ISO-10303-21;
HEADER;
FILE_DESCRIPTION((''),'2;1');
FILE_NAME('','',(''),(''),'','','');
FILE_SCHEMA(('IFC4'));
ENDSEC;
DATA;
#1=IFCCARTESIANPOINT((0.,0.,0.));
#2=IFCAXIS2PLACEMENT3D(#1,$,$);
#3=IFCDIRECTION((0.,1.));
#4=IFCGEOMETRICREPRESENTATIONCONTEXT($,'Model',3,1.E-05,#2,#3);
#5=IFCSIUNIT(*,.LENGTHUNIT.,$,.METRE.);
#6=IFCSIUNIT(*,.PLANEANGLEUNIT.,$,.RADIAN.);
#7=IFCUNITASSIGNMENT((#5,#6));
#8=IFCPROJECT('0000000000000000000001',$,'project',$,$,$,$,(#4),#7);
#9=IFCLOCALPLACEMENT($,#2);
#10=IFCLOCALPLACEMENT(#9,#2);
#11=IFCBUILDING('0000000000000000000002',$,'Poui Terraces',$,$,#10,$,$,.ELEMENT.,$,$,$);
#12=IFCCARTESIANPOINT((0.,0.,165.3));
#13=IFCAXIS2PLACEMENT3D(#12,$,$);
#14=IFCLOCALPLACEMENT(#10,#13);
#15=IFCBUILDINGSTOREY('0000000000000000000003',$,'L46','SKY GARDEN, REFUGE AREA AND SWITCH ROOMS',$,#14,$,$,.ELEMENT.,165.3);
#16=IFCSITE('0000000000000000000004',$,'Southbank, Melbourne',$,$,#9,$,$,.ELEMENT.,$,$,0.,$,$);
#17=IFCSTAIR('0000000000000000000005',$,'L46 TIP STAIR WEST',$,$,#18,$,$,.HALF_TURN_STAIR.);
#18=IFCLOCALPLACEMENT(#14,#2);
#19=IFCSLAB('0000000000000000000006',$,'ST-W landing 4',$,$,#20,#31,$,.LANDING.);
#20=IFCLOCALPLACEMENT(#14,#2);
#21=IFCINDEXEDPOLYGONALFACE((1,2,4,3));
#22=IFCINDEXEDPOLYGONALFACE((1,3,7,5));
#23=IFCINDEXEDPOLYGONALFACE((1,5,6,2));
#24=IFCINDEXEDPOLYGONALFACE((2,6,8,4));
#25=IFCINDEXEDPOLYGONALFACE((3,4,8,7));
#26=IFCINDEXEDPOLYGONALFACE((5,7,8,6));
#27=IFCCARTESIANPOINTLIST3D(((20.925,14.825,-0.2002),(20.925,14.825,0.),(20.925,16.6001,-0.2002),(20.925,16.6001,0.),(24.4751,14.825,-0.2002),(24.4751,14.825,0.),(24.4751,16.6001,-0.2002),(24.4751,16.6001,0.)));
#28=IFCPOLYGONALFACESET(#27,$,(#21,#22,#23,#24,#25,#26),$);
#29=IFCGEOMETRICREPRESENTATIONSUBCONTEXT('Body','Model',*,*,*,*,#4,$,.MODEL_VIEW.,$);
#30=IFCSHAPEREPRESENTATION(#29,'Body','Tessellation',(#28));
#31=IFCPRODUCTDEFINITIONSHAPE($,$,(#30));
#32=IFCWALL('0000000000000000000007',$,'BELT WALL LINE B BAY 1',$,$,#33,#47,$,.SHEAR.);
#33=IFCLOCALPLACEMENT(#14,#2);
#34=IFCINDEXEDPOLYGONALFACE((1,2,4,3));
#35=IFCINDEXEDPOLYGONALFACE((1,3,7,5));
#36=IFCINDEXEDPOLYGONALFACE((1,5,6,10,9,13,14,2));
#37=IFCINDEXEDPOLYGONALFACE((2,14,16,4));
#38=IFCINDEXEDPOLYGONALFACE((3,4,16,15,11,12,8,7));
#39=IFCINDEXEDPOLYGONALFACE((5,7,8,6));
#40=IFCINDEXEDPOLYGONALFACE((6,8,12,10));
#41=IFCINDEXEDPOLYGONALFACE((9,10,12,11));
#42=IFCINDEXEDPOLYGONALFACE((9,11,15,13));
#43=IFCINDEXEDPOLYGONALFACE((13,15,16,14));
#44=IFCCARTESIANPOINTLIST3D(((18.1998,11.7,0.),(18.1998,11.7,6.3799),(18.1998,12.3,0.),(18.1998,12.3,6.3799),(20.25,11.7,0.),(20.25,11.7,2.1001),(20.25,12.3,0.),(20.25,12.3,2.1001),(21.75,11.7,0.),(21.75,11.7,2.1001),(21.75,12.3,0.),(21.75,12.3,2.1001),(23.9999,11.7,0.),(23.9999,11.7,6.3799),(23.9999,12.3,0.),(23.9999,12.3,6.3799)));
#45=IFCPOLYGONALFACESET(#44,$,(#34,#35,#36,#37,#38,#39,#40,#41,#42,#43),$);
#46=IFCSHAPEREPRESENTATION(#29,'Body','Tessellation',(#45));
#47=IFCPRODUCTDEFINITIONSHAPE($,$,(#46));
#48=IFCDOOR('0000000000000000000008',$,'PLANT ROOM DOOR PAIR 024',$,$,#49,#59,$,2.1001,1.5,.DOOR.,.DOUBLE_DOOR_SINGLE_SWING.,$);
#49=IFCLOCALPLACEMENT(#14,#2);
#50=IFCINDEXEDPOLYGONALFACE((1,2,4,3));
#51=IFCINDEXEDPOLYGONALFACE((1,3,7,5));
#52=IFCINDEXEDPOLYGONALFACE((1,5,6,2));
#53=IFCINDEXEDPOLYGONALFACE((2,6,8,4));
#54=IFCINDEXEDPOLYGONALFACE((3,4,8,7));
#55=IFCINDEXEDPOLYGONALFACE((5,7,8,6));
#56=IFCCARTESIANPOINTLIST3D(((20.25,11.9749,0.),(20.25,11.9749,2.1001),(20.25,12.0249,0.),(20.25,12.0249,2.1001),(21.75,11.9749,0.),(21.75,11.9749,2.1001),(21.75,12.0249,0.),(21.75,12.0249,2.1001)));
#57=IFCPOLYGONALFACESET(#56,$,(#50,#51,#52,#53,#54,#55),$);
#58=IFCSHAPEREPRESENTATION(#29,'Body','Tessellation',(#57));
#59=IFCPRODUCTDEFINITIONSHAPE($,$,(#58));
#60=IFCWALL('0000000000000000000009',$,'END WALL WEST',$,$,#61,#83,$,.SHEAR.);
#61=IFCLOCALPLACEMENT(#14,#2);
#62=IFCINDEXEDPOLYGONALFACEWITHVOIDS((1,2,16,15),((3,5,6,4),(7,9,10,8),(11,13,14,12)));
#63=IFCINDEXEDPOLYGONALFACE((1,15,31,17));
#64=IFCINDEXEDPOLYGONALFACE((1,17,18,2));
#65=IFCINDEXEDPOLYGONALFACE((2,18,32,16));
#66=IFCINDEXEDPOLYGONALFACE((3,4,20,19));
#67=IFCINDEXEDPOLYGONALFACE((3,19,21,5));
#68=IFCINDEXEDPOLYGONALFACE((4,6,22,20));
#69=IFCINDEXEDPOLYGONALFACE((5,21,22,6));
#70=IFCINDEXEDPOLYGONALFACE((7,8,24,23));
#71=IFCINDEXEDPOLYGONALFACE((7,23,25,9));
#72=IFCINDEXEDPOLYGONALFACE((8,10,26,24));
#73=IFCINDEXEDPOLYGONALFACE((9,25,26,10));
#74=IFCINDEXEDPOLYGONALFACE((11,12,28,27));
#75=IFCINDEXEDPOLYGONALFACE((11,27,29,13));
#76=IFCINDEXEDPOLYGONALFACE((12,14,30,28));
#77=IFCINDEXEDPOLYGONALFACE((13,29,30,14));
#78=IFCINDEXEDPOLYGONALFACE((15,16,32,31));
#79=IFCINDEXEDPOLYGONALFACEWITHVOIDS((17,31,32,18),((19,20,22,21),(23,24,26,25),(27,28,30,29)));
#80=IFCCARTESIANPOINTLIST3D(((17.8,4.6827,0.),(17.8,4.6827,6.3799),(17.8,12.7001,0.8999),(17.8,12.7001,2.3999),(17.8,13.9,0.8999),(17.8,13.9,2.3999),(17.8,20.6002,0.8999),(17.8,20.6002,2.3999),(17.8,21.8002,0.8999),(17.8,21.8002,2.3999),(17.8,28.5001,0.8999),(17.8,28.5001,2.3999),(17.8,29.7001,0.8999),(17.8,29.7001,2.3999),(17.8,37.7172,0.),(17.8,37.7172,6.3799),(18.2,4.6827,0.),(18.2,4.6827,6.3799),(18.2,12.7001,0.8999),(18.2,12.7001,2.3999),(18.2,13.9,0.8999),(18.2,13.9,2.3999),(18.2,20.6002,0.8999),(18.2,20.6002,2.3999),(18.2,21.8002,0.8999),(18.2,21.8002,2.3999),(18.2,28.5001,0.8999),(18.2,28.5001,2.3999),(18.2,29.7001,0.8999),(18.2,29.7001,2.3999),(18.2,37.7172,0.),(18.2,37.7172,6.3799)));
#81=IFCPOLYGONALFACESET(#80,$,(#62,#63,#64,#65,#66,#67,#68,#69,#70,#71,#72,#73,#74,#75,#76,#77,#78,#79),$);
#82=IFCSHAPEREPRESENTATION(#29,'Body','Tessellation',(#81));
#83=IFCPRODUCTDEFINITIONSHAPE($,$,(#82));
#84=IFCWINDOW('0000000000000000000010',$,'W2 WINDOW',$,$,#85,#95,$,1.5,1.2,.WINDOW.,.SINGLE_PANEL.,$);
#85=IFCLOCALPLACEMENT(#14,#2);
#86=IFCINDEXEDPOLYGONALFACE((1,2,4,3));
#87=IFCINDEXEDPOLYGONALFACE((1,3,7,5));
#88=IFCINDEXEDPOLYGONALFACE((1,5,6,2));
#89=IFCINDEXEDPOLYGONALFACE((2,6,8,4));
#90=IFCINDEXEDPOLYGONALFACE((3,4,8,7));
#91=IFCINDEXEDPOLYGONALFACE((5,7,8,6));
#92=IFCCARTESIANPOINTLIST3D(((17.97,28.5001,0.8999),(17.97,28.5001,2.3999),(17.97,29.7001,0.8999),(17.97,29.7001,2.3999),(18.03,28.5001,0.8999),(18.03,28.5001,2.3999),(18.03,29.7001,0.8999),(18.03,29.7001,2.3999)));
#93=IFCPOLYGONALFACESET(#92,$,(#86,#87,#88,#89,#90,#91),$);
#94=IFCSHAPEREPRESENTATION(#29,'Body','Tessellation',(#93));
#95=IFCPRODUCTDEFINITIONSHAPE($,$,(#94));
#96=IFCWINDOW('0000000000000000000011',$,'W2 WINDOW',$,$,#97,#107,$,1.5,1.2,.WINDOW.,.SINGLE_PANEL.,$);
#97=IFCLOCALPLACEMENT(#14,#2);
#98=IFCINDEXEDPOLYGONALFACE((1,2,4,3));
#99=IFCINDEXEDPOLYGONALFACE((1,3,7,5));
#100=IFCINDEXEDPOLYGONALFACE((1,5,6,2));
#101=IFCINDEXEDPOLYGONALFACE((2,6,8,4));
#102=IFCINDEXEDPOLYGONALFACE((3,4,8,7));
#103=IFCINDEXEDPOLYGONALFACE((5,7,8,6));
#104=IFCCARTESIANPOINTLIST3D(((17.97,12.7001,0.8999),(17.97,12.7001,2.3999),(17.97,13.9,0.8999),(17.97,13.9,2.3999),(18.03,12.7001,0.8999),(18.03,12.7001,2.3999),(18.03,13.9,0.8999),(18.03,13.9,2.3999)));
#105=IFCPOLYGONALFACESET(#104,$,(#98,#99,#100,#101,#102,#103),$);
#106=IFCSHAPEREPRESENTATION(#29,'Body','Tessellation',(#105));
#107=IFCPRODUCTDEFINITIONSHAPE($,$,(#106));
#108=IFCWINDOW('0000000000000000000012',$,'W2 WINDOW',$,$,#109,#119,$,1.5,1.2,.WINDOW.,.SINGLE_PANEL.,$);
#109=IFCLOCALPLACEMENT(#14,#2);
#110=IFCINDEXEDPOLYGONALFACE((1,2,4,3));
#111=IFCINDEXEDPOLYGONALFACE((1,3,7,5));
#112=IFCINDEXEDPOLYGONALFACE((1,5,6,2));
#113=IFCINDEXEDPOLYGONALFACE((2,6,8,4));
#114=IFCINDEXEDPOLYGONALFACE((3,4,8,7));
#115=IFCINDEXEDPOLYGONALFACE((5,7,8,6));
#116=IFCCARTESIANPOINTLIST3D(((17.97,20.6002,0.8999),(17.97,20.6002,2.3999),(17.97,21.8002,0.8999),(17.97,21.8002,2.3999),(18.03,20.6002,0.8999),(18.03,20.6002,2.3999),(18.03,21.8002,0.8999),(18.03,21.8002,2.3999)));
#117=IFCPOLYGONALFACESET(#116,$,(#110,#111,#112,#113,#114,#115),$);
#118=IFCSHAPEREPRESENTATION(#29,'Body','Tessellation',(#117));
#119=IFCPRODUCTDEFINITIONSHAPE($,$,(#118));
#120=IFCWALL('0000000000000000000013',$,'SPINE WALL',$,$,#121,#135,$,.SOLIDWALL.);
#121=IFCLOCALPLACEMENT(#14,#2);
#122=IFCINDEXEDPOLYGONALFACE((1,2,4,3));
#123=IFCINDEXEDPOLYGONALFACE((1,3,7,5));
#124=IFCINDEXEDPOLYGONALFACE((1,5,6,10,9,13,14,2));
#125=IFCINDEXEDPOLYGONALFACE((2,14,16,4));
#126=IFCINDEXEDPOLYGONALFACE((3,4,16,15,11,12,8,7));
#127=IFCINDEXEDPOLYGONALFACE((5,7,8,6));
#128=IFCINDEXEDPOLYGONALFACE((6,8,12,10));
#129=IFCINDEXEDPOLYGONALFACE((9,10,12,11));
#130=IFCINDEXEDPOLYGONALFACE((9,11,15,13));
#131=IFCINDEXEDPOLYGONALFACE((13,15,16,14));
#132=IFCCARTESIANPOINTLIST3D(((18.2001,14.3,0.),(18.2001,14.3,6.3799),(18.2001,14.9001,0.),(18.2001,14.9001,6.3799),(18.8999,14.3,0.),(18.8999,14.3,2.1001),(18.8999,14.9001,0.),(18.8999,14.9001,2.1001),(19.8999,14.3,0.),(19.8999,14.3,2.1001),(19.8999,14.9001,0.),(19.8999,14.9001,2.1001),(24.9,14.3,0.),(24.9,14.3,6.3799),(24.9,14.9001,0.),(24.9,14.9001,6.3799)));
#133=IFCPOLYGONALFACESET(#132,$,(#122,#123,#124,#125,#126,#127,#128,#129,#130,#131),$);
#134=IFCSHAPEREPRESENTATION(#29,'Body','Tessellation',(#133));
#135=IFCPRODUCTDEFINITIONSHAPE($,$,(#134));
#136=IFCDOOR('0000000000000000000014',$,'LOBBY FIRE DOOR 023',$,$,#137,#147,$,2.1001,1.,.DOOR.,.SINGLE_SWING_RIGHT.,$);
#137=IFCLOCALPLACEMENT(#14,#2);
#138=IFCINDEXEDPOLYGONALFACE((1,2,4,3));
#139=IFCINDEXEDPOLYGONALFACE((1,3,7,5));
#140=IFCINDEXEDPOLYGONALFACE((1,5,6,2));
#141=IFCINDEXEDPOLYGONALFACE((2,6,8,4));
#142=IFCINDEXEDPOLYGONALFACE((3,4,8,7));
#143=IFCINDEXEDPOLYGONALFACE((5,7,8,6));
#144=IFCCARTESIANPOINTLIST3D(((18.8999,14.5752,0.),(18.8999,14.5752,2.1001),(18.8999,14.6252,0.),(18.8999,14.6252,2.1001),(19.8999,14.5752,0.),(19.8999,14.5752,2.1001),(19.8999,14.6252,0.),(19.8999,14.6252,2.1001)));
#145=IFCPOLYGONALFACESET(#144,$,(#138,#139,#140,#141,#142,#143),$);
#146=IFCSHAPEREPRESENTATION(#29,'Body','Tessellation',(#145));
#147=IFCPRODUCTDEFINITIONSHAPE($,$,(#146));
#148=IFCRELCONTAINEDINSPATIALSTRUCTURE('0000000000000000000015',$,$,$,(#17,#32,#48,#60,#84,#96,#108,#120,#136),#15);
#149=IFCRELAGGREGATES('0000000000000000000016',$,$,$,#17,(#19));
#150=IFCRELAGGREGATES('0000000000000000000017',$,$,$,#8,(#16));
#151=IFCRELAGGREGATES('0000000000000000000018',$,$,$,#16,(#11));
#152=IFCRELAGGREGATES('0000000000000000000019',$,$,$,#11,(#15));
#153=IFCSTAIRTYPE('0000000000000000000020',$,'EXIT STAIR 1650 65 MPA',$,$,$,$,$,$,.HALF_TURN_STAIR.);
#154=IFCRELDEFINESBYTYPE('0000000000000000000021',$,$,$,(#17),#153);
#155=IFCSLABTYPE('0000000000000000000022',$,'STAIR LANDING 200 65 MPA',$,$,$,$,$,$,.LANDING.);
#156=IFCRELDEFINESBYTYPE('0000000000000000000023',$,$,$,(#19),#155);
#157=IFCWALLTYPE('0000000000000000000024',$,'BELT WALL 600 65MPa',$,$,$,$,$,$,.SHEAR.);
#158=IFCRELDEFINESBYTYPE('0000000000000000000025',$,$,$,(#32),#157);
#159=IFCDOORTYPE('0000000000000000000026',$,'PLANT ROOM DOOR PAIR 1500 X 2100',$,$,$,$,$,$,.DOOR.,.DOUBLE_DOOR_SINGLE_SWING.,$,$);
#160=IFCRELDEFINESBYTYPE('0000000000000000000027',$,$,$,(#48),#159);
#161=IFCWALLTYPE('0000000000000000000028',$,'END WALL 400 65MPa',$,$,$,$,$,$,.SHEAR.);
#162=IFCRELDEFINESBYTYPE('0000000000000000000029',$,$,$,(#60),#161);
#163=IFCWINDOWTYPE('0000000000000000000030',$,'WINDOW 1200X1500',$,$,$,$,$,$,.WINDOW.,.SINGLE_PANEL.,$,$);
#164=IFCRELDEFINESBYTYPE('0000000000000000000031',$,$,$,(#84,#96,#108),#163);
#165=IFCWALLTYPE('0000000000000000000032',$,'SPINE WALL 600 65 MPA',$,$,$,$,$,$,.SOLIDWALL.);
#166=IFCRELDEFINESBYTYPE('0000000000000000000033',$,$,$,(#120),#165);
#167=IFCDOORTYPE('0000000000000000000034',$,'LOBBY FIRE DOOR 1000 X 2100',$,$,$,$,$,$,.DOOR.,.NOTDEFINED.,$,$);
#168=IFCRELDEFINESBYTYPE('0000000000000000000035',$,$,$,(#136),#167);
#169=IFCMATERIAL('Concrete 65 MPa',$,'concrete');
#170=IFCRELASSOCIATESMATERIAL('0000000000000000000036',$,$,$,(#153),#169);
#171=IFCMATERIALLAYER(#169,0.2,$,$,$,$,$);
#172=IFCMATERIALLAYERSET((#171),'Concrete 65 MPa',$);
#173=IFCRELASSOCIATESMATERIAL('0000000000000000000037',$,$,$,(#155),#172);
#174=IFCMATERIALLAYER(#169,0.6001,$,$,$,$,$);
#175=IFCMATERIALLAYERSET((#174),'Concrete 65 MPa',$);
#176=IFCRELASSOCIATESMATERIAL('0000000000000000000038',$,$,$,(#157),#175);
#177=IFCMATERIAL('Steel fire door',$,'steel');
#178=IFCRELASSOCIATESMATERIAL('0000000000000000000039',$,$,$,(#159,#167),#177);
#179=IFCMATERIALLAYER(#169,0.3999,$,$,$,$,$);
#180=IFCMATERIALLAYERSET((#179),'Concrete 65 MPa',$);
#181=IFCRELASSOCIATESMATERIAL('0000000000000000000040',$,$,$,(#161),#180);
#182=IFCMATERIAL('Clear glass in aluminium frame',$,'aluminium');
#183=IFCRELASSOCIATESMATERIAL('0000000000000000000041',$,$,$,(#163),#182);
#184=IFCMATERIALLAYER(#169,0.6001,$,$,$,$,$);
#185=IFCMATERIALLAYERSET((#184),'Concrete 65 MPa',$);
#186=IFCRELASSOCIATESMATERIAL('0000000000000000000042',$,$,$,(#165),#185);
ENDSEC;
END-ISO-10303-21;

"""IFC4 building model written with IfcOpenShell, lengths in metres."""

from ifc_helpers import new_model, si_unit, direction, frame, frame_2d, origin, place, context, subcontext, project, spatial, polyline, rectangle, outline, extrude, material, layer, layer_set, type_object, element, fill, aggregate, save


model = new_model("IFC4")

# Units and contexts
model_context = context("Model", 3, precision=1e-05, world=origin(), true_north=direction((0.0, 1.0)))
body_context = subcontext(model_context, "Body", "Model", "MODEL_VIEW")
ifc_project = project(units=[si_unit("LENGTHUNIT", "METRE"), si_unit("PLANEANGLEUNIT", "RADIAN")], contexts=[model_context])

# Site, building, storey
site_placement = place(None, origin())
site = spatial("IfcSite", under=ifc_project, at=site_placement, Name="Southbank, Melbourne", CompositionType="ELEMENT", RefElevation=0.0)
building_placement = place(site_placement, origin())
building = spatial("IfcBuilding", under=site, at=building_placement, Name="Poui Terraces", CompositionType="ELEMENT")
storey_placement = place(building_placement, frame((0.0, 0.0, 165.3)))
storey = spatial("IfcBuildingStorey", under=building, at=storey_placement, Name="L46", Description="SKY GARDEN, REFUGE AREA AND SWITCH ROOMS", CompositionType="ELEMENT", Elevation=165.3)

# Stair, slab
ifc_material_1 = material(Name="Concrete 65 MPa", Category="concrete")
stair_type = type_object("IfcStairType", Name="EXIT STAIR 1650 65 MPA", PredefinedType="HALF_TURN_STAIR", material=ifc_material_1)
ifc_layer_1 = layer(ifc_material_1, 0.2)
ifc_layer_set_1 = layer_set([ifc_layer_1], Name="Concrete 65 MPa")
slab_type = type_object("IfcSlabType", Name="STAIR LANDING 200 65 MPA", PredefinedType="LANDING", material=ifc_layer_set_1)
stair_1_placement = place(storey_placement, origin())
stair_1 = element("IfcStair", 1, at=stair_1_placement, inside=storey, type_object=stair_type, Name="L46 TIP STAIR WEST", PredefinedType="HALF_TURN_STAIR")
slab_1_placement = place(storey_placement, frame((0.0, 0.0, -0.2002)))
slab_1 = element("IfcSlab", 2, at=slab_1_placement, type_object=slab_type, Name="ST-W landing 4", PredefinedType="LANDING", context=body_context, shape_type="SweptSolid", body=[
    extrude(outline(polyline([(20.925, 14.825), (24.4751, 14.825), (24.4751, 16.6001), (20.925, 16.6001), (20.925, 14.825)])), origin(), (0.0, 0.0, 1.0), 0.2002),
])

# Wall, opening, door
ifc_layer_2 = layer(ifc_material_1, 0.6001)
ifc_layer_set_2 = layer_set([ifc_layer_2], Name="Concrete 65 MPa")
wall_type_1 = type_object("IfcWallType", Name="BELT WALL 600 65MPa", PredefinedType="SHEAR", material=ifc_layer_set_2)
wall_1_placement = place(storey_placement, frame((18.2, 12.0, 0.0), z_axis=(0.0, 0.0, 1.0), x_axis=(1.0, 0.0, 0.0)))
wall_1 = element("IfcWall", 3, at=wall_1_placement, inside=storey, type_object=wall_type_1, Name="BELT WALL LINE B BAY 1", PredefinedType="SHEAR", context=body_context, shape_type="SweptSolid", body=[
    extrude(rectangle(XDim=5.8, YDim=0.6001, at=frame_2d((2.8999, 0.0))), origin(), (0.0, 0.0, 1.0), 6.3799),
])
opening_1_placement = place(wall_1_placement, frame((2.05, 0.0, 0.0)))
opening_1 = element("IfcOpeningElement", 4, at=opening_1_placement, cuts=wall_1, PredefinedType="OPENING", context=body_context, shape_type="SweptSolid", body=[
    extrude(rectangle(XDim=1.5, YDim=2.1001, at=frame_2d((0.75, 1.05))), frame((0.0, 0.3101, 0.0), z_axis=(0.0, -1.0, 0.0), x_axis=(1.0, 0.0, 0.0)), (0.0, 0.0, 1.0), 0.6201),
])
ifc_material_2 = material(Name="Steel fire door", Category="steel")
door_type_1 = type_object("IfcDoorType", Name="PLANT ROOM DOOR PAIR 1500 X 2100", OperationType="DOUBLE_DOOR_SINGLE_SWING", PredefinedType="DOOR", material=ifc_material_2)
door_1_placement = place(opening_1_placement, origin())
door_1 = element("IfcDoor", 5, at=door_1_placement, inside=storey, type_object=door_type_1, Name="PLANT ROOM DOOR PAIR 024", OperationType="DOUBLE_DOOR_SINGLE_SWING", OverallHeight=2.1001, OverallWidth=1.5, PredefinedType="DOOR", context=body_context, shape_type="SweptSolid", body=[
    extrude(rectangle(XDim=1.5, YDim=2.1001, at=frame_2d((0.75, 1.05))), frame((0.0, 0.0249, 0.0), z_axis=(0.0, -1.0, 0.0), x_axis=(1.0, 0.0, 0.0)), (0.0, 0.0, 1.0), 0.05),
])
fill(opening_1, door_1)

# Wall, openings, windows
ifc_layer_3 = layer(ifc_material_1, 0.3999)
ifc_layer_set_3 = layer_set([ifc_layer_3], Name="Concrete 65 MPa")
wall_type_2 = type_object("IfcWallType", Name="END WALL 400 65MPa", PredefinedType="SHEAR", material=ifc_layer_set_3)
wall_2_placement = place(storey_placement, frame((18.0, 4.6829, 0.0), z_axis=(0.0, 0.0, 1.0), x_axis=(0.0, 1.0, 0.0)))
wall_2 = element("IfcWall", 6, at=wall_2_placement, inside=storey, type_object=wall_type_2, Name="END WALL WEST", PredefinedType="SHEAR", context=body_context, shape_type="SweptSolid", body=[
    extrude(rectangle(XDim=33.0344, YDim=0.3999, at=frame_2d((16.5171, 0.0))), origin(), (0.0, 0.0, 1.0), 6.3799),
])
opening_2_placement = place(wall_2_placement, frame((23.8171, 0.0, 0.8999)))
opening_2 = element("IfcOpeningElement", 7, at=opening_2_placement, cuts=wall_2, PredefinedType="OPENING", context=body_context, shape_type="SweptSolid", body=[
    extrude(rectangle(XDim=1.2, YDim=1.5, at=frame_2d((0.6001, 0.75))), frame((0.0, 0.21, 0.0), z_axis=(0.0, -1.0, 0.0), x_axis=(1.0, 0.0, 0.0)), (0.0, 0.0, 1.0), 0.4199),
])
opening_3_placement = place(wall_2_placement, frame((8.0171, 0.0, 0.8999)))
opening_3 = element("IfcOpeningElement", 8, at=opening_3_placement, cuts=wall_2, PredefinedType="OPENING", context=body_context, shape_type="SweptSolid", body=[
    extrude(rectangle(XDim=1.2, YDim=1.5, at=frame_2d((0.6001, 0.75))), frame((0.0, 0.21, 0.0), z_axis=(0.0, -1.0, 0.0), x_axis=(1.0, 0.0, 0.0)), (0.0, 0.0, 1.0), 0.4199),
])
opening_4_placement = place(wall_2_placement, frame((15.9172, 0.0, 0.8999)))
opening_4 = element("IfcOpeningElement", 9, at=opening_4_placement, cuts=wall_2, PredefinedType="OPENING", context=body_context, shape_type="SweptSolid", body=[
    extrude(rectangle(XDim=1.2, YDim=1.5, at=frame_2d((0.6001, 0.75))), frame((0.0, 0.21, 0.0), z_axis=(0.0, -1.0, 0.0), x_axis=(1.0, 0.0, 0.0)), (0.0, 0.0, 1.0), 0.4199),
])
ifc_material_3 = material(Name="Clear glass in aluminium frame", Category="aluminium")
window_type = type_object("IfcWindowType", Name="WINDOW 1200X1500", PartitioningType="SINGLE_PANEL", PredefinedType="WINDOW", material=ifc_material_3)
window_1_placement = place(opening_2_placement, origin())
window_1 = element("IfcWindow", 10, at=window_1_placement, inside=storey, type_object=window_type, Name="W2 WINDOW", OverallHeight=1.5, OverallWidth=1.2, PartitioningType="SINGLE_PANEL", PredefinedType="WINDOW", context=body_context, shape_type="SweptSolid", body=[
    extrude(rectangle(XDim=1.2, YDim=1.5, at=frame_2d((0.6001, 0.75))), frame((0.0, 0.03, 0.0), z_axis=(0.0, -1.0, 0.0), x_axis=(1.0, 0.0, 0.0)), (0.0, 0.0, 1.0), 0.0601),
])
fill(opening_2, window_1)
window_2_placement = place(opening_3_placement, origin())
window_2 = element("IfcWindow", 11, at=window_2_placement, inside=storey, type_object=window_type, Name="W2 WINDOW", OverallHeight=1.5, OverallWidth=1.2, PartitioningType="SINGLE_PANEL", PredefinedType="WINDOW", context=body_context, shape_type="SweptSolid", body=[
    extrude(rectangle(XDim=1.2, YDim=1.5, at=frame_2d((0.6001, 0.75))), frame((0.0, 0.03, 0.0), z_axis=(0.0, -1.0, 0.0), x_axis=(1.0, 0.0, 0.0)), (0.0, 0.0, 1.0), 0.0601),
])
fill(opening_3, window_2)
window_3_placement = place(opening_4_placement, origin())
window_3 = element("IfcWindow", 12, at=window_3_placement, inside=storey, type_object=window_type, Name="W2 WINDOW", OverallHeight=1.5, OverallWidth=1.2, PartitioningType="SINGLE_PANEL", PredefinedType="WINDOW", context=body_context, shape_type="SweptSolid", body=[
    extrude(rectangle(XDim=1.2, YDim=1.5, at=frame_2d((0.6001, 0.75))), frame((0.0, 0.03, 0.0), z_axis=(0.0, -1.0, 0.0), x_axis=(1.0, 0.0, 0.0)), (0.0, 0.0, 1.0), 0.0601),
])
fill(opening_4, window_3)

# Wall, opening, door
ifc_layer_4 = layer(ifc_material_1, 0.6001)
ifc_layer_set_4 = layer_set([ifc_layer_4], Name="Concrete 65 MPa")
wall_type_3 = type_object("IfcWallType", Name="SPINE WALL 600 65 MPA", PredefinedType="SOLIDWALL", material=ifc_layer_set_4)
wall_3_placement = place(storey_placement, frame((18.2, 14.6001, 0.0), z_axis=(0.0, 0.0, 1.0), x_axis=(1.0, 0.0, 0.0)))
wall_3 = element("IfcWall", 13, at=wall_3_placement, inside=storey, type_object=wall_type_3, Name="SPINE WALL", PredefinedType="SOLIDWALL", context=body_context, shape_type="SweptSolid", body=[
    extrude(rectangle(XDim=6.7, YDim=0.6001, at=frame_2d((3.3501, 0.0))), origin(), (0.0, 0.0, 1.0), 6.3799),
])
opening_5_placement = place(wall_3_placement, frame((0.7, 0.0, 0.0)))
opening_5 = element("IfcOpeningElement", 14, at=opening_5_placement, cuts=wall_3, PredefinedType="OPENING", context=body_context, shape_type="SweptSolid", body=[
    extrude(rectangle(XDim=1.0, YDim=2.1001, at=frame_2d((0.5, 1.05))), frame((0.0, 0.3101, 0.0), z_axis=(0.0, -1.0, 0.0), x_axis=(1.0, 0.0, 0.0)), (0.0, 0.0, 1.0), 0.6201),
])
door_type_2 = type_object("IfcDoorType", Name="LOBBY FIRE DOOR 1000 X 2100", OperationType="NOTDEFINED", PredefinedType="DOOR", material=ifc_material_2)
door_2_placement = place(opening_5_placement, frame((1.0, 0.0, 0.0), z_axis=(0.0, 0.0, 1.0), x_axis=(-1.0, 0.0, 0.0)))
door_2 = element("IfcDoor", 15, at=door_2_placement, inside=storey, type_object=door_type_2, Name="LOBBY FIRE DOOR 023", OperationType="SINGLE_SWING_RIGHT", OverallHeight=2.1001, OverallWidth=1.0, PredefinedType="DOOR", context=body_context, shape_type="SweptSolid", body=[
    extrude(rectangle(XDim=1.0, YDim=2.1001, at=frame_2d((0.5, 1.05))), frame((0.0, 0.0249, 0.0), z_axis=(0.0, -1.0, 0.0), x_axis=(1.0, 0.0, 0.0)), (0.0, 0.0, 1.0), 0.05),
])
fill(opening_5, door_2)

aggregate(stair_1, [slab_1])

save(model, "model.ifc")
